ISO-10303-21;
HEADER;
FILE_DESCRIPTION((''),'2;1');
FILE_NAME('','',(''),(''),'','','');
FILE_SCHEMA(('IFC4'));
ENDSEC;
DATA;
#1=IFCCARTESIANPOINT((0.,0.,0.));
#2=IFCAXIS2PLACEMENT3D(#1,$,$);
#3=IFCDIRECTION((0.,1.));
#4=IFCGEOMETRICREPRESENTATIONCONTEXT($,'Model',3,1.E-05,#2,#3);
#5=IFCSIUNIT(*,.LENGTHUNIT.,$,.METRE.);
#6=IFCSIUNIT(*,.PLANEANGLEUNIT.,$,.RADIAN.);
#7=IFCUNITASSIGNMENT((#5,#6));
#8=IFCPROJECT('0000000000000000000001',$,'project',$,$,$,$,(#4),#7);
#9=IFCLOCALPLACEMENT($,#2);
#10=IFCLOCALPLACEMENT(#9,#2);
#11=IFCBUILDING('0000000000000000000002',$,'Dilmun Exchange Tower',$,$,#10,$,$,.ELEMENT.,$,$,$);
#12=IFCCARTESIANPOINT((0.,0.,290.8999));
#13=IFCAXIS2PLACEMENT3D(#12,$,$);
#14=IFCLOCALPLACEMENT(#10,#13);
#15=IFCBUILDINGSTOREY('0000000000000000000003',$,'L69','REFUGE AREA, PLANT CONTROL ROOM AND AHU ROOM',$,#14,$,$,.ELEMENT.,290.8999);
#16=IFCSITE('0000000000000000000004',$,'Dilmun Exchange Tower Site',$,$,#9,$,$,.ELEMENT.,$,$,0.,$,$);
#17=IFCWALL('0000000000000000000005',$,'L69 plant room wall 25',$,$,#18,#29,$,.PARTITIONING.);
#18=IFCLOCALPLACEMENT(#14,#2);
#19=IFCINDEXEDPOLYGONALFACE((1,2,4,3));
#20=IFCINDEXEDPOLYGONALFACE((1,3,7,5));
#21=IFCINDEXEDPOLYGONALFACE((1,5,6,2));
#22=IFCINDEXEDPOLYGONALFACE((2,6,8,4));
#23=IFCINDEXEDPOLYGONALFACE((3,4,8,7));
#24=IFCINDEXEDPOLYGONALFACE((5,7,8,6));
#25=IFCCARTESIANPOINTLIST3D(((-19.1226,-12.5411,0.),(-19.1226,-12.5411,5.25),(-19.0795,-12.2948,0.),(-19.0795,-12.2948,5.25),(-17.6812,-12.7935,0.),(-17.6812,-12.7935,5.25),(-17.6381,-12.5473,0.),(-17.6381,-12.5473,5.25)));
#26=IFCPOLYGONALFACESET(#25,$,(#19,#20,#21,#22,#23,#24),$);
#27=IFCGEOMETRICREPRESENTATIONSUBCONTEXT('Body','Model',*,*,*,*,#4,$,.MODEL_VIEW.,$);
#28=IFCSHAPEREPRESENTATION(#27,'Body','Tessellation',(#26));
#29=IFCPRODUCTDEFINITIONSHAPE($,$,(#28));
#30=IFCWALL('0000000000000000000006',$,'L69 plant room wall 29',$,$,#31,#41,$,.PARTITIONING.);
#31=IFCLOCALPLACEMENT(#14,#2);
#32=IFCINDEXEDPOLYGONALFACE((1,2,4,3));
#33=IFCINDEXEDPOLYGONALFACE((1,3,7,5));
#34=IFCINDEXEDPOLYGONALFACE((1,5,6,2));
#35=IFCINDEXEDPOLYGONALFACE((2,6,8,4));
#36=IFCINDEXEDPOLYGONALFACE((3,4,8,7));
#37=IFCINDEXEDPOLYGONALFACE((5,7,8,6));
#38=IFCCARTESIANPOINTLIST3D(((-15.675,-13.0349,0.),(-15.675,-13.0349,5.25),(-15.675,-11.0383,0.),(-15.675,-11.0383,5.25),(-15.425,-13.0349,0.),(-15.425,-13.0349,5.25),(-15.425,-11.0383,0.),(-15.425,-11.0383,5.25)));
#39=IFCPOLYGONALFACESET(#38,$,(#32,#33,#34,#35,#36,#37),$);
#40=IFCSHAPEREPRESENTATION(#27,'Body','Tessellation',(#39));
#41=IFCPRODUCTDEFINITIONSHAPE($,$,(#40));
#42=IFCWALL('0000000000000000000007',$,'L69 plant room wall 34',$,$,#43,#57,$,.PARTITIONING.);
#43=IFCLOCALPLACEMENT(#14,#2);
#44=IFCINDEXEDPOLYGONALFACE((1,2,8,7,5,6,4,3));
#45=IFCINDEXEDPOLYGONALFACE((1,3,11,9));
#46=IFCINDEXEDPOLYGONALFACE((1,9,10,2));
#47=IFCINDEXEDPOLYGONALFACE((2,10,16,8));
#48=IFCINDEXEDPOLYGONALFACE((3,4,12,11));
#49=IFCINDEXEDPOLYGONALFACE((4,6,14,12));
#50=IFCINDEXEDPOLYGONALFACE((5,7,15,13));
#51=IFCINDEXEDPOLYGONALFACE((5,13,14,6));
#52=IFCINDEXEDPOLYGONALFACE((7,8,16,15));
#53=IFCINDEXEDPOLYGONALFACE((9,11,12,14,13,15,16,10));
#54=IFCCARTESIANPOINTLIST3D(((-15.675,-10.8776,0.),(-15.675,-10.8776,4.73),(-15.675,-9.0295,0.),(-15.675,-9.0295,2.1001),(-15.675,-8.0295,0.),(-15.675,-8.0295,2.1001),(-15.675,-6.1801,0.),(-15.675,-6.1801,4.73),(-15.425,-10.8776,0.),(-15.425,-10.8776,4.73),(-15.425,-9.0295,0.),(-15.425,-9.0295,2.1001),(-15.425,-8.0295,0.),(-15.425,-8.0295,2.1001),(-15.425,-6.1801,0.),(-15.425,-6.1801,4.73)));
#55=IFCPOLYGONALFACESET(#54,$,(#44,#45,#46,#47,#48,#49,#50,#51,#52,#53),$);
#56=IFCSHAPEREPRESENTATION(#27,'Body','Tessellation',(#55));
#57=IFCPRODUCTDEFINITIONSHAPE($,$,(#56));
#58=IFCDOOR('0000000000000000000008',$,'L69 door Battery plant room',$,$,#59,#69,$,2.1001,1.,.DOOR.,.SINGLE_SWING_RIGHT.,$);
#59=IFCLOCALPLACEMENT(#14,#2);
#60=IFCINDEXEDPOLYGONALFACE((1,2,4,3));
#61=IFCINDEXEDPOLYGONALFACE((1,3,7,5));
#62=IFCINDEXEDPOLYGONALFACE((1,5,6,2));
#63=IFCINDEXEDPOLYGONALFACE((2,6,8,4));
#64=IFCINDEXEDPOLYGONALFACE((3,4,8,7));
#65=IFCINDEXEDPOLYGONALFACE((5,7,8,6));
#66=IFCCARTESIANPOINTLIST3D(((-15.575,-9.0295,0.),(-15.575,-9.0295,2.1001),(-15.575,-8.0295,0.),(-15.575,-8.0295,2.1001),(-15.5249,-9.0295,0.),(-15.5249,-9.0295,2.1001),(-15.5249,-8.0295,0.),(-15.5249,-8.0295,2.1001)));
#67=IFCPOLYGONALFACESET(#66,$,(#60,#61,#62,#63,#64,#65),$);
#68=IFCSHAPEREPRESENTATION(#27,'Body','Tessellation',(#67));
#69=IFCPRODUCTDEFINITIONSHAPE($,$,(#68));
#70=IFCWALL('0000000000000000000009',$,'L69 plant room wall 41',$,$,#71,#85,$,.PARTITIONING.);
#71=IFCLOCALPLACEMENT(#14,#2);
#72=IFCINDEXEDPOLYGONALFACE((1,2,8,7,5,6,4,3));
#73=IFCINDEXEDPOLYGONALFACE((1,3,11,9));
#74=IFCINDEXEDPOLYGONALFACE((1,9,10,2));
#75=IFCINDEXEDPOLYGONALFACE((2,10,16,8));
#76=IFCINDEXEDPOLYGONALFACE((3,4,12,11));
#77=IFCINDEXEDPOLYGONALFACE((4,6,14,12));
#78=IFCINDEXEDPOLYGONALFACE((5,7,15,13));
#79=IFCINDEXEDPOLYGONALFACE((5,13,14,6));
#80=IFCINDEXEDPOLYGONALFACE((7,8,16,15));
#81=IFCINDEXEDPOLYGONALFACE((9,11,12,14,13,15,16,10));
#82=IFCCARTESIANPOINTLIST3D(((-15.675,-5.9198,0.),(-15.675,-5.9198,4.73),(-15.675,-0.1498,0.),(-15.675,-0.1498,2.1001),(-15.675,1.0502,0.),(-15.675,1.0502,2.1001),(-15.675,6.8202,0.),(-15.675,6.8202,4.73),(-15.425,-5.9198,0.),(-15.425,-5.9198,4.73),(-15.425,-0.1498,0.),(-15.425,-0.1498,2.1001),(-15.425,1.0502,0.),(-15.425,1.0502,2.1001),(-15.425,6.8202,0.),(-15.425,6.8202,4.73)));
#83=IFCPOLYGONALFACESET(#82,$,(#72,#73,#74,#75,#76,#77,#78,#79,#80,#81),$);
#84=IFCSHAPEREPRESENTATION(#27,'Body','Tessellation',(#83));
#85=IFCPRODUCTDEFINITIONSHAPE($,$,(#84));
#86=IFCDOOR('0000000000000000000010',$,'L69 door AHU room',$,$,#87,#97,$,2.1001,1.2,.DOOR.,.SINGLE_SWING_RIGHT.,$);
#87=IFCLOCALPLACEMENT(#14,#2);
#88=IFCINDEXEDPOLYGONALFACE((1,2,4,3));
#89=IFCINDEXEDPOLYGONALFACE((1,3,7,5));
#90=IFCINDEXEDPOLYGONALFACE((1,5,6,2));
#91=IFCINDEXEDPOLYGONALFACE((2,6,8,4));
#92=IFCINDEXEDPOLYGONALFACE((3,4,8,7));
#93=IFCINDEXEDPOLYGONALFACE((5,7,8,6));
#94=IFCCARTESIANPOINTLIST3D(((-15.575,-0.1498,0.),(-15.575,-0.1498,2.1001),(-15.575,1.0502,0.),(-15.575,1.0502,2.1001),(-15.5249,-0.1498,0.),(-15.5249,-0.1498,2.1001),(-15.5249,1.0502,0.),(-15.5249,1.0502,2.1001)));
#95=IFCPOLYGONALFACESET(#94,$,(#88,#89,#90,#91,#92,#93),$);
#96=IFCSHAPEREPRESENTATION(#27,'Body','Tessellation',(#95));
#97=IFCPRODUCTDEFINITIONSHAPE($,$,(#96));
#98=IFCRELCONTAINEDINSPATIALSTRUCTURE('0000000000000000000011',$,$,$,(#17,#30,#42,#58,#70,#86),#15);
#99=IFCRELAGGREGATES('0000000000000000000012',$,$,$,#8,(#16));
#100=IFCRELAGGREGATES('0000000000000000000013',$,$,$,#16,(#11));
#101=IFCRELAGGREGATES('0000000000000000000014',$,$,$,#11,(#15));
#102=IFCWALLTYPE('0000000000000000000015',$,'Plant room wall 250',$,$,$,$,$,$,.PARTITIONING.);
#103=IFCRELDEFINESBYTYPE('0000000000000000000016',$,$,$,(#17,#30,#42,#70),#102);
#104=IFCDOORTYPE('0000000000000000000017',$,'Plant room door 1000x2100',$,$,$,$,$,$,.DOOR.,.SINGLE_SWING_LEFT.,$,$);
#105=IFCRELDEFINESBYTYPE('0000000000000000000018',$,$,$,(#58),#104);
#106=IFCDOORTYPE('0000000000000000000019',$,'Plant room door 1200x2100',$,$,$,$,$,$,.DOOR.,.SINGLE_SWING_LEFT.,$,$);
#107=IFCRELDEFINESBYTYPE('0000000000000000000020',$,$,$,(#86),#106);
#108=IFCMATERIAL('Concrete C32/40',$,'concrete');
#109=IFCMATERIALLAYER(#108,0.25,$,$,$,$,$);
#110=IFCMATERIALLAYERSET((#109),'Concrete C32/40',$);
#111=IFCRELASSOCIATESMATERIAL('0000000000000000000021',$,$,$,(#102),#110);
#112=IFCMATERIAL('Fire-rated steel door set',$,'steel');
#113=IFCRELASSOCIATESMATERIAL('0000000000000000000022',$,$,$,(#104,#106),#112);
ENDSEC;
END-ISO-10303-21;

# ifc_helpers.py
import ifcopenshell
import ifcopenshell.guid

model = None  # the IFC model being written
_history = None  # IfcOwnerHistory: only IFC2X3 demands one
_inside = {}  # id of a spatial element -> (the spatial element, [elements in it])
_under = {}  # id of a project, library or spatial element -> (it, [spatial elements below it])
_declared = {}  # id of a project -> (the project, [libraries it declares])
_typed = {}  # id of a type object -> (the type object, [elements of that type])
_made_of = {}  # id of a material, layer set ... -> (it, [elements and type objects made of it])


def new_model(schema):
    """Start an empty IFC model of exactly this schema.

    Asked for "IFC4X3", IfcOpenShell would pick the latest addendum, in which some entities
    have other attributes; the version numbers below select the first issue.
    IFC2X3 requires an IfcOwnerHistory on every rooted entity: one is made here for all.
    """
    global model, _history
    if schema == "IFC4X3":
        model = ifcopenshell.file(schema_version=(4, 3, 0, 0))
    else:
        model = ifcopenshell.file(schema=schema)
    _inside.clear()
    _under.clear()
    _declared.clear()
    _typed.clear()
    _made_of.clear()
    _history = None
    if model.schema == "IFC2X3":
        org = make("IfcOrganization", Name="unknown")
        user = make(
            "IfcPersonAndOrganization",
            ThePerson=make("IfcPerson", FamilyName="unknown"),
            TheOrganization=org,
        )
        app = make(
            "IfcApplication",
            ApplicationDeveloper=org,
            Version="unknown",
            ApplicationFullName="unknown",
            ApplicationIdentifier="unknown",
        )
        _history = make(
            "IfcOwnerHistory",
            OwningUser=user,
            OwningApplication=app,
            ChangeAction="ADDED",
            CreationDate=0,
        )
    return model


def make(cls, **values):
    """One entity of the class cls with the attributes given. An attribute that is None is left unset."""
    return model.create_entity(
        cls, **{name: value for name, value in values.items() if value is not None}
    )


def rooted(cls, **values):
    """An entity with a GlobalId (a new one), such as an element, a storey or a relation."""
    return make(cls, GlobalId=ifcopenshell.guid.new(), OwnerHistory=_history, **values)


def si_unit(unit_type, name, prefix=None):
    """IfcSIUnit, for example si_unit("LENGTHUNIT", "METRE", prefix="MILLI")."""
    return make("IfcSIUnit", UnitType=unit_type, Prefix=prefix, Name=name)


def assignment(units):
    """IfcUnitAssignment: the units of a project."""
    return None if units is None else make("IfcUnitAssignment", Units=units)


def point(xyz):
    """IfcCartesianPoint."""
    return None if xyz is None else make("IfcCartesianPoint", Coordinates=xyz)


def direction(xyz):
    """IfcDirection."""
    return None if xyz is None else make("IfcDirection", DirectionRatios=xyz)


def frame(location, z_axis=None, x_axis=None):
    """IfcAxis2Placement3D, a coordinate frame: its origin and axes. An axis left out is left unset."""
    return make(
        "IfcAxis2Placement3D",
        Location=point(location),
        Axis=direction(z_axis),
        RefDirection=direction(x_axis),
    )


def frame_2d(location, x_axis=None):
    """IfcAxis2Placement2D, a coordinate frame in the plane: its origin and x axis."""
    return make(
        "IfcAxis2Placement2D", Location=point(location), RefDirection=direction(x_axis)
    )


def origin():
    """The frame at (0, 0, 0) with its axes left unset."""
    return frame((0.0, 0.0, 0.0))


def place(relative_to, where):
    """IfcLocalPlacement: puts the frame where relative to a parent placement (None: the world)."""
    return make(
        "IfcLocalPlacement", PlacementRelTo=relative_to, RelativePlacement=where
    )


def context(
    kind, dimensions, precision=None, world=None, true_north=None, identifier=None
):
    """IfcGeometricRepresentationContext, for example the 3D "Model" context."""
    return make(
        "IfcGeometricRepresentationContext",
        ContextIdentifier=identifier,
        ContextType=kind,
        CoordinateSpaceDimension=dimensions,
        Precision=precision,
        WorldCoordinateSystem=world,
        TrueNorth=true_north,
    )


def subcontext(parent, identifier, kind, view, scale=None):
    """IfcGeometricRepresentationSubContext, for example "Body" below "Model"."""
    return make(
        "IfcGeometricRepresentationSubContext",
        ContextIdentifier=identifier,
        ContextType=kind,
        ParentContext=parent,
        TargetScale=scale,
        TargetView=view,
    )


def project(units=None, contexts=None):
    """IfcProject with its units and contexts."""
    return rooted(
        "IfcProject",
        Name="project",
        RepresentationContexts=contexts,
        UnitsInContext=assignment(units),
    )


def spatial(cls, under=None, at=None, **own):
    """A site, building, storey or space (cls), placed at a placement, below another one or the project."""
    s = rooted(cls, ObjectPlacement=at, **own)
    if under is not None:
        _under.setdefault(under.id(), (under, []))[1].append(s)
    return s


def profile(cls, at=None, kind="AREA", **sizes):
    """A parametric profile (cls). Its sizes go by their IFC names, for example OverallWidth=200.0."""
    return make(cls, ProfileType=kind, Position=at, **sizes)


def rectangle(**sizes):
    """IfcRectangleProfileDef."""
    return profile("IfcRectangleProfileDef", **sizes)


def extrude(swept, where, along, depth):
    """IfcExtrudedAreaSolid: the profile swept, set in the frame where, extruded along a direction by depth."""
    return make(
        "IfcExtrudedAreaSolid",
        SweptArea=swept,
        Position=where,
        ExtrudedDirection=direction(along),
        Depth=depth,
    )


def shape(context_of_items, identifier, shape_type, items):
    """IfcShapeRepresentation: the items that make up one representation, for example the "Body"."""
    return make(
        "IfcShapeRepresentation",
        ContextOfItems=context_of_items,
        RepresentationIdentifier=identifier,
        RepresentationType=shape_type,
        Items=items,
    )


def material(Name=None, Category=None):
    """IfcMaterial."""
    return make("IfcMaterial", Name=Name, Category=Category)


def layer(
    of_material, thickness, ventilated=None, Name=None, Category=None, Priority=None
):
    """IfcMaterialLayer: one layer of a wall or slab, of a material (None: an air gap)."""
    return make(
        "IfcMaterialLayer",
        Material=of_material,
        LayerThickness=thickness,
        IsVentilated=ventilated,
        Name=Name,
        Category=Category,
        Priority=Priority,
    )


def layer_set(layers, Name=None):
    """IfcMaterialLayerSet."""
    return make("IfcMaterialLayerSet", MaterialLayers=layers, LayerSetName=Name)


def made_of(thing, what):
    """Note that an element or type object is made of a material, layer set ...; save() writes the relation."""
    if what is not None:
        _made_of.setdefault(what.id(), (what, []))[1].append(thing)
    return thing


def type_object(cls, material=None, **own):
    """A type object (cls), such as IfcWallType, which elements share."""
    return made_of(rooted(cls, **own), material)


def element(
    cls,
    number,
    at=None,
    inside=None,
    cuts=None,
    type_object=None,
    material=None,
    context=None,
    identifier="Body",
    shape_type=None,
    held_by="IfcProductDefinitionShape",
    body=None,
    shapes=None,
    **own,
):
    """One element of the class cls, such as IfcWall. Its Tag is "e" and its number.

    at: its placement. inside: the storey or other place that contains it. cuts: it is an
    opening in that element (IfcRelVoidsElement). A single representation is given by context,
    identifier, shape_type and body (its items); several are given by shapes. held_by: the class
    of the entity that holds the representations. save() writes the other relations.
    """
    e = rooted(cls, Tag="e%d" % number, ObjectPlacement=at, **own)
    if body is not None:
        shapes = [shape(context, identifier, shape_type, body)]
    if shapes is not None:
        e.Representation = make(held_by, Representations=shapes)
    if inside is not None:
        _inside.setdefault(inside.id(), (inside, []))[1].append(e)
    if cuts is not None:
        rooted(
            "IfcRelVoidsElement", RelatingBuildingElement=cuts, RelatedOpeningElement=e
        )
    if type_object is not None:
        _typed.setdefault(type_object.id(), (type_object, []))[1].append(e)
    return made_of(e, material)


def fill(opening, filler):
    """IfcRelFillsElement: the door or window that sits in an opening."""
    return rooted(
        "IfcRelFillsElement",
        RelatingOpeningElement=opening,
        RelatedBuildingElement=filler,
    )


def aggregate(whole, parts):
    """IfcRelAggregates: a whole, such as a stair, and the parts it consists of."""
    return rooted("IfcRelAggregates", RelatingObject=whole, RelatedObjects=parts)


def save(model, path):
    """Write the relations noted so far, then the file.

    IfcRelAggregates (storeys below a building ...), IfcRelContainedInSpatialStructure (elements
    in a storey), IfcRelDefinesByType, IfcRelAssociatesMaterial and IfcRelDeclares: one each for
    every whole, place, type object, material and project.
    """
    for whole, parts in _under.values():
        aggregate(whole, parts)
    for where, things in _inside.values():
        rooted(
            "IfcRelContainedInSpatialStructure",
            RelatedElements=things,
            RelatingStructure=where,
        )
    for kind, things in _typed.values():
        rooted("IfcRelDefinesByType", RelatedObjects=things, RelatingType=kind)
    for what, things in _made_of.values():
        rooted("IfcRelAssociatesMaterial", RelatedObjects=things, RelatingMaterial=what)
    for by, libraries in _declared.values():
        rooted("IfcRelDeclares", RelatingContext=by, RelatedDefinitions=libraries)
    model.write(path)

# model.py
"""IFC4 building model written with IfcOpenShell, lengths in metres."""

from ifc_helpers import new_model, si_unit, direction, frame, frame_2d, origin, place, context, subcontext, project, spatial, rectangle, extrude, material, layer, layer_set, type_object, element, fill, save


model = new_model("IFC4")

# Units and contexts
model_context = context("Model", 3, precision=1e-05, world=origin(), true_north=direction((0.0, 1.0)))
body_context = subcontext(model_context, "Body", "Model", "MODEL_VIEW")
ifc_project = project(units=[si_unit("LENGTHUNIT", "METRE"), si_unit("PLANEANGLEUNIT", "RADIAN")], contexts=[model_context])

# Site, building, storey
site_placement = place(None, origin())
site = spatial("IfcSite", under=ifc_project, at=site_placement, Name="Dilmun Exchange Tower Site", CompositionType="ELEMENT", RefElevation=0.0)
building_placement = place(site_placement, origin())
building = spatial("IfcBuilding", under=site, at=building_placement, Name="Dilmun Exchange Tower", CompositionType="ELEMENT")
storey_placement = place(building_placement, frame((0.0, 0.0, 290.8999)))
storey = spatial("IfcBuildingStorey", under=building, at=storey_placement, Name="L69", Description="REFUGE AREA, PLANT CONTROL ROOM AND AHU ROOM", CompositionType="ELEMENT", Elevation=290.8999)

# Shared definitions
ifc_material_1 = material(Name="Fire-rated steel door set", Category="steel")

# Shared definitions
ifc_material_2 = material(Name="Concrete C32/40", Category="concrete")
ifc_layer_1 = layer(ifc_material_2, 0.25)
ifc_layer_set_1 = layer_set([ifc_layer_1], Name="Concrete C32/40")
wall_type_1 = type_object("IfcWallType", Name="Plant room wall 250", PredefinedType="PARTITIONING", material=ifc_layer_set_1)
door_type_1 = type_object("IfcDoorType", Name="Plant room door 1000x2100", OperationType="SINGLE_SWING_LEFT", PredefinedType="DOOR", material=ifc_material_1)

# Walls
wall_1_placement = place(storey_placement, frame((-19.1011, -12.418, 0.0), z_axis=(0.0, 0.0, 1.0), x_axis=(0.985008, -0.17251, 0.0)))
element("IfcWall", 1, at=wall_1_placement, inside=storey, type_object=wall_type_1, Name="L69 plant room wall 25", PredefinedType="PARTITIONING", context=body_context, shape_type="SweptSolid", body=[
    extrude(rectangle(XDim=1.4634, YDim=0.25, at=frame_2d((0.7317, 0.0))), origin(), (0.0, 0.0, 1.0), 5.25),
])
wall_2_placement = place(storey_placement, frame((-15.55, -13.0349, 0.0), z_axis=(0.0, 0.0, 1.0), x_axis=(0.0, 1.0, 0.0)))
element("IfcWall", 2, at=wall_2_placement, inside=storey, type_object=wall_type_1, Name="L69 plant room wall 29", PredefinedType="PARTITIONING", context=body_context, shape_type="SweptSolid", body=[
    extrude(rectangle(XDim=1.9966, YDim=0.25, at=frame_2d((0.9983, 0.0))), origin(), (0.0, 0.0, 1.0), 5.25),
])

# Walls, openings, doors
wall_3_placement = place(storey_placement, frame((-15.55, -10.8774, 0.0), z_axis=(0.0, 0.0, 1.0), x_axis=(0.0, 1.0, 0.0)))
wall_3 = element("IfcWall", 3, at=wall_3_placement, inside=storey, type_object=wall_type_1, Name="L69 plant room wall 34", PredefinedType="PARTITIONING", context=body_context, shape_type="SweptSolid", body=[
    extrude(rectangle(XDim=4.6975, YDim=0.25, at=frame_2d((2.3486, 0.0))), origin(), (0.0, 0.0, 1.0), 4.73),
])
opening_1_placement = place(wall_3_placement, frame((1.8479, 0.0, 0.0)))
opening_1 = element("IfcOpeningElement", 4, at=opening_1_placement, cuts=wall_3, PredefinedType="OPENING", context=body_context, shape_type="SweptSolid", body=[
    extrude(rectangle(XDim=1.0, YDim=2.1001, at=frame_2d((0.5, 1.05))), frame((0.0, 0.135, 0.0), z_axis=(0.0, -1.0, 0.0), x_axis=(1.0, 0.0, 0.0)), (0.0, 0.0, 1.0), 0.27),
])
door_1_placement = place(opening_1_placement, origin())
door_1 = element("IfcDoor", 5, at=door_1_placement, inside=storey, type_object=door_type_1, Name="L69 door Battery plant room", OperationType="SINGLE_SWING_RIGHT", OverallHeight=2.1001, OverallWidth=1.0, PredefinedType="DOOR", context=body_context, shape_type="SweptSolid", body=[
    extrude(rectangle(XDim=1.0, YDim=2.1001, at=frame_2d((0.5, 1.05))), frame((0.0, 0.0249, 0.0), z_axis=(0.0, -1.0, 0.0), x_axis=(1.0, 0.0, 0.0)), (0.0, 0.0, 1.0), 0.05),
])
fill(opening_1, door_1)
wall_4_placement = place(storey_placement, frame((-15.55, -5.9199, 0.0), z_axis=(0.0, 0.0, 1.0), x_axis=(0.0, 1.0, 0.0)))
wall_4 = element("IfcWall", 6, at=wall_4_placement, inside=storey, type_object=wall_type_1, Name="L69 plant room wall 41", PredefinedType="PARTITIONING", context=body_context, shape_type="SweptSolid", body=[
    extrude(rectangle(XDim=12.74, YDim=0.25, at=frame_2d((6.3701, 0.0))), origin(), (0.0, 0.0, 1.0), 4.73),
])
opening_2_placement = place(wall_4_placement, frame((5.77, 0.0, 0.0)))
opening_2 = element("IfcOpeningElement", 7, at=opening_2_placement, cuts=wall_4, PredefinedType="OPENING", context=body_context, shape_type="SweptSolid", body=[
    extrude(rectangle(XDim=1.2, YDim=2.1001, at=frame_2d((0.6001, 1.05))), frame((0.0, 0.135, 0.0), z_axis=(0.0, -1.0, 0.0), x_axis=(1.0, 0.0, 0.0)), (0.0, 0.0, 1.0), 0.27),
])
door_type_2 = type_object("IfcDoorType", Name="Plant room door 1200x2100", OperationType="SINGLE_SWING_LEFT", PredefinedType="DOOR", material=ifc_material_1)
door_2_placement = place(opening_2_placement, origin())
door_2 = element("IfcDoor", 8, at=door_2_placement, inside=storey, type_object=door_type_2, Name="L69 door AHU room", OperationType="SINGLE_SWING_RIGHT", OverallHeight=2.1001, OverallWidth=1.2, PredefinedType="DOOR", context=body_context, shape_type="SweptSolid", body=[
    extrude(rectangle(XDim=1.2, YDim=2.1001, at=frame_2d((0.6001, 1.05))), frame((0.0, 0.0249, 0.0), z_axis=(0.0, -1.0, 0.0), x_axis=(1.0, 0.0, 0.0)), (0.0, 0.0, 1.0), 0.05),
])
fill(opening_2, door_2)

save(model, "model.ifc")
